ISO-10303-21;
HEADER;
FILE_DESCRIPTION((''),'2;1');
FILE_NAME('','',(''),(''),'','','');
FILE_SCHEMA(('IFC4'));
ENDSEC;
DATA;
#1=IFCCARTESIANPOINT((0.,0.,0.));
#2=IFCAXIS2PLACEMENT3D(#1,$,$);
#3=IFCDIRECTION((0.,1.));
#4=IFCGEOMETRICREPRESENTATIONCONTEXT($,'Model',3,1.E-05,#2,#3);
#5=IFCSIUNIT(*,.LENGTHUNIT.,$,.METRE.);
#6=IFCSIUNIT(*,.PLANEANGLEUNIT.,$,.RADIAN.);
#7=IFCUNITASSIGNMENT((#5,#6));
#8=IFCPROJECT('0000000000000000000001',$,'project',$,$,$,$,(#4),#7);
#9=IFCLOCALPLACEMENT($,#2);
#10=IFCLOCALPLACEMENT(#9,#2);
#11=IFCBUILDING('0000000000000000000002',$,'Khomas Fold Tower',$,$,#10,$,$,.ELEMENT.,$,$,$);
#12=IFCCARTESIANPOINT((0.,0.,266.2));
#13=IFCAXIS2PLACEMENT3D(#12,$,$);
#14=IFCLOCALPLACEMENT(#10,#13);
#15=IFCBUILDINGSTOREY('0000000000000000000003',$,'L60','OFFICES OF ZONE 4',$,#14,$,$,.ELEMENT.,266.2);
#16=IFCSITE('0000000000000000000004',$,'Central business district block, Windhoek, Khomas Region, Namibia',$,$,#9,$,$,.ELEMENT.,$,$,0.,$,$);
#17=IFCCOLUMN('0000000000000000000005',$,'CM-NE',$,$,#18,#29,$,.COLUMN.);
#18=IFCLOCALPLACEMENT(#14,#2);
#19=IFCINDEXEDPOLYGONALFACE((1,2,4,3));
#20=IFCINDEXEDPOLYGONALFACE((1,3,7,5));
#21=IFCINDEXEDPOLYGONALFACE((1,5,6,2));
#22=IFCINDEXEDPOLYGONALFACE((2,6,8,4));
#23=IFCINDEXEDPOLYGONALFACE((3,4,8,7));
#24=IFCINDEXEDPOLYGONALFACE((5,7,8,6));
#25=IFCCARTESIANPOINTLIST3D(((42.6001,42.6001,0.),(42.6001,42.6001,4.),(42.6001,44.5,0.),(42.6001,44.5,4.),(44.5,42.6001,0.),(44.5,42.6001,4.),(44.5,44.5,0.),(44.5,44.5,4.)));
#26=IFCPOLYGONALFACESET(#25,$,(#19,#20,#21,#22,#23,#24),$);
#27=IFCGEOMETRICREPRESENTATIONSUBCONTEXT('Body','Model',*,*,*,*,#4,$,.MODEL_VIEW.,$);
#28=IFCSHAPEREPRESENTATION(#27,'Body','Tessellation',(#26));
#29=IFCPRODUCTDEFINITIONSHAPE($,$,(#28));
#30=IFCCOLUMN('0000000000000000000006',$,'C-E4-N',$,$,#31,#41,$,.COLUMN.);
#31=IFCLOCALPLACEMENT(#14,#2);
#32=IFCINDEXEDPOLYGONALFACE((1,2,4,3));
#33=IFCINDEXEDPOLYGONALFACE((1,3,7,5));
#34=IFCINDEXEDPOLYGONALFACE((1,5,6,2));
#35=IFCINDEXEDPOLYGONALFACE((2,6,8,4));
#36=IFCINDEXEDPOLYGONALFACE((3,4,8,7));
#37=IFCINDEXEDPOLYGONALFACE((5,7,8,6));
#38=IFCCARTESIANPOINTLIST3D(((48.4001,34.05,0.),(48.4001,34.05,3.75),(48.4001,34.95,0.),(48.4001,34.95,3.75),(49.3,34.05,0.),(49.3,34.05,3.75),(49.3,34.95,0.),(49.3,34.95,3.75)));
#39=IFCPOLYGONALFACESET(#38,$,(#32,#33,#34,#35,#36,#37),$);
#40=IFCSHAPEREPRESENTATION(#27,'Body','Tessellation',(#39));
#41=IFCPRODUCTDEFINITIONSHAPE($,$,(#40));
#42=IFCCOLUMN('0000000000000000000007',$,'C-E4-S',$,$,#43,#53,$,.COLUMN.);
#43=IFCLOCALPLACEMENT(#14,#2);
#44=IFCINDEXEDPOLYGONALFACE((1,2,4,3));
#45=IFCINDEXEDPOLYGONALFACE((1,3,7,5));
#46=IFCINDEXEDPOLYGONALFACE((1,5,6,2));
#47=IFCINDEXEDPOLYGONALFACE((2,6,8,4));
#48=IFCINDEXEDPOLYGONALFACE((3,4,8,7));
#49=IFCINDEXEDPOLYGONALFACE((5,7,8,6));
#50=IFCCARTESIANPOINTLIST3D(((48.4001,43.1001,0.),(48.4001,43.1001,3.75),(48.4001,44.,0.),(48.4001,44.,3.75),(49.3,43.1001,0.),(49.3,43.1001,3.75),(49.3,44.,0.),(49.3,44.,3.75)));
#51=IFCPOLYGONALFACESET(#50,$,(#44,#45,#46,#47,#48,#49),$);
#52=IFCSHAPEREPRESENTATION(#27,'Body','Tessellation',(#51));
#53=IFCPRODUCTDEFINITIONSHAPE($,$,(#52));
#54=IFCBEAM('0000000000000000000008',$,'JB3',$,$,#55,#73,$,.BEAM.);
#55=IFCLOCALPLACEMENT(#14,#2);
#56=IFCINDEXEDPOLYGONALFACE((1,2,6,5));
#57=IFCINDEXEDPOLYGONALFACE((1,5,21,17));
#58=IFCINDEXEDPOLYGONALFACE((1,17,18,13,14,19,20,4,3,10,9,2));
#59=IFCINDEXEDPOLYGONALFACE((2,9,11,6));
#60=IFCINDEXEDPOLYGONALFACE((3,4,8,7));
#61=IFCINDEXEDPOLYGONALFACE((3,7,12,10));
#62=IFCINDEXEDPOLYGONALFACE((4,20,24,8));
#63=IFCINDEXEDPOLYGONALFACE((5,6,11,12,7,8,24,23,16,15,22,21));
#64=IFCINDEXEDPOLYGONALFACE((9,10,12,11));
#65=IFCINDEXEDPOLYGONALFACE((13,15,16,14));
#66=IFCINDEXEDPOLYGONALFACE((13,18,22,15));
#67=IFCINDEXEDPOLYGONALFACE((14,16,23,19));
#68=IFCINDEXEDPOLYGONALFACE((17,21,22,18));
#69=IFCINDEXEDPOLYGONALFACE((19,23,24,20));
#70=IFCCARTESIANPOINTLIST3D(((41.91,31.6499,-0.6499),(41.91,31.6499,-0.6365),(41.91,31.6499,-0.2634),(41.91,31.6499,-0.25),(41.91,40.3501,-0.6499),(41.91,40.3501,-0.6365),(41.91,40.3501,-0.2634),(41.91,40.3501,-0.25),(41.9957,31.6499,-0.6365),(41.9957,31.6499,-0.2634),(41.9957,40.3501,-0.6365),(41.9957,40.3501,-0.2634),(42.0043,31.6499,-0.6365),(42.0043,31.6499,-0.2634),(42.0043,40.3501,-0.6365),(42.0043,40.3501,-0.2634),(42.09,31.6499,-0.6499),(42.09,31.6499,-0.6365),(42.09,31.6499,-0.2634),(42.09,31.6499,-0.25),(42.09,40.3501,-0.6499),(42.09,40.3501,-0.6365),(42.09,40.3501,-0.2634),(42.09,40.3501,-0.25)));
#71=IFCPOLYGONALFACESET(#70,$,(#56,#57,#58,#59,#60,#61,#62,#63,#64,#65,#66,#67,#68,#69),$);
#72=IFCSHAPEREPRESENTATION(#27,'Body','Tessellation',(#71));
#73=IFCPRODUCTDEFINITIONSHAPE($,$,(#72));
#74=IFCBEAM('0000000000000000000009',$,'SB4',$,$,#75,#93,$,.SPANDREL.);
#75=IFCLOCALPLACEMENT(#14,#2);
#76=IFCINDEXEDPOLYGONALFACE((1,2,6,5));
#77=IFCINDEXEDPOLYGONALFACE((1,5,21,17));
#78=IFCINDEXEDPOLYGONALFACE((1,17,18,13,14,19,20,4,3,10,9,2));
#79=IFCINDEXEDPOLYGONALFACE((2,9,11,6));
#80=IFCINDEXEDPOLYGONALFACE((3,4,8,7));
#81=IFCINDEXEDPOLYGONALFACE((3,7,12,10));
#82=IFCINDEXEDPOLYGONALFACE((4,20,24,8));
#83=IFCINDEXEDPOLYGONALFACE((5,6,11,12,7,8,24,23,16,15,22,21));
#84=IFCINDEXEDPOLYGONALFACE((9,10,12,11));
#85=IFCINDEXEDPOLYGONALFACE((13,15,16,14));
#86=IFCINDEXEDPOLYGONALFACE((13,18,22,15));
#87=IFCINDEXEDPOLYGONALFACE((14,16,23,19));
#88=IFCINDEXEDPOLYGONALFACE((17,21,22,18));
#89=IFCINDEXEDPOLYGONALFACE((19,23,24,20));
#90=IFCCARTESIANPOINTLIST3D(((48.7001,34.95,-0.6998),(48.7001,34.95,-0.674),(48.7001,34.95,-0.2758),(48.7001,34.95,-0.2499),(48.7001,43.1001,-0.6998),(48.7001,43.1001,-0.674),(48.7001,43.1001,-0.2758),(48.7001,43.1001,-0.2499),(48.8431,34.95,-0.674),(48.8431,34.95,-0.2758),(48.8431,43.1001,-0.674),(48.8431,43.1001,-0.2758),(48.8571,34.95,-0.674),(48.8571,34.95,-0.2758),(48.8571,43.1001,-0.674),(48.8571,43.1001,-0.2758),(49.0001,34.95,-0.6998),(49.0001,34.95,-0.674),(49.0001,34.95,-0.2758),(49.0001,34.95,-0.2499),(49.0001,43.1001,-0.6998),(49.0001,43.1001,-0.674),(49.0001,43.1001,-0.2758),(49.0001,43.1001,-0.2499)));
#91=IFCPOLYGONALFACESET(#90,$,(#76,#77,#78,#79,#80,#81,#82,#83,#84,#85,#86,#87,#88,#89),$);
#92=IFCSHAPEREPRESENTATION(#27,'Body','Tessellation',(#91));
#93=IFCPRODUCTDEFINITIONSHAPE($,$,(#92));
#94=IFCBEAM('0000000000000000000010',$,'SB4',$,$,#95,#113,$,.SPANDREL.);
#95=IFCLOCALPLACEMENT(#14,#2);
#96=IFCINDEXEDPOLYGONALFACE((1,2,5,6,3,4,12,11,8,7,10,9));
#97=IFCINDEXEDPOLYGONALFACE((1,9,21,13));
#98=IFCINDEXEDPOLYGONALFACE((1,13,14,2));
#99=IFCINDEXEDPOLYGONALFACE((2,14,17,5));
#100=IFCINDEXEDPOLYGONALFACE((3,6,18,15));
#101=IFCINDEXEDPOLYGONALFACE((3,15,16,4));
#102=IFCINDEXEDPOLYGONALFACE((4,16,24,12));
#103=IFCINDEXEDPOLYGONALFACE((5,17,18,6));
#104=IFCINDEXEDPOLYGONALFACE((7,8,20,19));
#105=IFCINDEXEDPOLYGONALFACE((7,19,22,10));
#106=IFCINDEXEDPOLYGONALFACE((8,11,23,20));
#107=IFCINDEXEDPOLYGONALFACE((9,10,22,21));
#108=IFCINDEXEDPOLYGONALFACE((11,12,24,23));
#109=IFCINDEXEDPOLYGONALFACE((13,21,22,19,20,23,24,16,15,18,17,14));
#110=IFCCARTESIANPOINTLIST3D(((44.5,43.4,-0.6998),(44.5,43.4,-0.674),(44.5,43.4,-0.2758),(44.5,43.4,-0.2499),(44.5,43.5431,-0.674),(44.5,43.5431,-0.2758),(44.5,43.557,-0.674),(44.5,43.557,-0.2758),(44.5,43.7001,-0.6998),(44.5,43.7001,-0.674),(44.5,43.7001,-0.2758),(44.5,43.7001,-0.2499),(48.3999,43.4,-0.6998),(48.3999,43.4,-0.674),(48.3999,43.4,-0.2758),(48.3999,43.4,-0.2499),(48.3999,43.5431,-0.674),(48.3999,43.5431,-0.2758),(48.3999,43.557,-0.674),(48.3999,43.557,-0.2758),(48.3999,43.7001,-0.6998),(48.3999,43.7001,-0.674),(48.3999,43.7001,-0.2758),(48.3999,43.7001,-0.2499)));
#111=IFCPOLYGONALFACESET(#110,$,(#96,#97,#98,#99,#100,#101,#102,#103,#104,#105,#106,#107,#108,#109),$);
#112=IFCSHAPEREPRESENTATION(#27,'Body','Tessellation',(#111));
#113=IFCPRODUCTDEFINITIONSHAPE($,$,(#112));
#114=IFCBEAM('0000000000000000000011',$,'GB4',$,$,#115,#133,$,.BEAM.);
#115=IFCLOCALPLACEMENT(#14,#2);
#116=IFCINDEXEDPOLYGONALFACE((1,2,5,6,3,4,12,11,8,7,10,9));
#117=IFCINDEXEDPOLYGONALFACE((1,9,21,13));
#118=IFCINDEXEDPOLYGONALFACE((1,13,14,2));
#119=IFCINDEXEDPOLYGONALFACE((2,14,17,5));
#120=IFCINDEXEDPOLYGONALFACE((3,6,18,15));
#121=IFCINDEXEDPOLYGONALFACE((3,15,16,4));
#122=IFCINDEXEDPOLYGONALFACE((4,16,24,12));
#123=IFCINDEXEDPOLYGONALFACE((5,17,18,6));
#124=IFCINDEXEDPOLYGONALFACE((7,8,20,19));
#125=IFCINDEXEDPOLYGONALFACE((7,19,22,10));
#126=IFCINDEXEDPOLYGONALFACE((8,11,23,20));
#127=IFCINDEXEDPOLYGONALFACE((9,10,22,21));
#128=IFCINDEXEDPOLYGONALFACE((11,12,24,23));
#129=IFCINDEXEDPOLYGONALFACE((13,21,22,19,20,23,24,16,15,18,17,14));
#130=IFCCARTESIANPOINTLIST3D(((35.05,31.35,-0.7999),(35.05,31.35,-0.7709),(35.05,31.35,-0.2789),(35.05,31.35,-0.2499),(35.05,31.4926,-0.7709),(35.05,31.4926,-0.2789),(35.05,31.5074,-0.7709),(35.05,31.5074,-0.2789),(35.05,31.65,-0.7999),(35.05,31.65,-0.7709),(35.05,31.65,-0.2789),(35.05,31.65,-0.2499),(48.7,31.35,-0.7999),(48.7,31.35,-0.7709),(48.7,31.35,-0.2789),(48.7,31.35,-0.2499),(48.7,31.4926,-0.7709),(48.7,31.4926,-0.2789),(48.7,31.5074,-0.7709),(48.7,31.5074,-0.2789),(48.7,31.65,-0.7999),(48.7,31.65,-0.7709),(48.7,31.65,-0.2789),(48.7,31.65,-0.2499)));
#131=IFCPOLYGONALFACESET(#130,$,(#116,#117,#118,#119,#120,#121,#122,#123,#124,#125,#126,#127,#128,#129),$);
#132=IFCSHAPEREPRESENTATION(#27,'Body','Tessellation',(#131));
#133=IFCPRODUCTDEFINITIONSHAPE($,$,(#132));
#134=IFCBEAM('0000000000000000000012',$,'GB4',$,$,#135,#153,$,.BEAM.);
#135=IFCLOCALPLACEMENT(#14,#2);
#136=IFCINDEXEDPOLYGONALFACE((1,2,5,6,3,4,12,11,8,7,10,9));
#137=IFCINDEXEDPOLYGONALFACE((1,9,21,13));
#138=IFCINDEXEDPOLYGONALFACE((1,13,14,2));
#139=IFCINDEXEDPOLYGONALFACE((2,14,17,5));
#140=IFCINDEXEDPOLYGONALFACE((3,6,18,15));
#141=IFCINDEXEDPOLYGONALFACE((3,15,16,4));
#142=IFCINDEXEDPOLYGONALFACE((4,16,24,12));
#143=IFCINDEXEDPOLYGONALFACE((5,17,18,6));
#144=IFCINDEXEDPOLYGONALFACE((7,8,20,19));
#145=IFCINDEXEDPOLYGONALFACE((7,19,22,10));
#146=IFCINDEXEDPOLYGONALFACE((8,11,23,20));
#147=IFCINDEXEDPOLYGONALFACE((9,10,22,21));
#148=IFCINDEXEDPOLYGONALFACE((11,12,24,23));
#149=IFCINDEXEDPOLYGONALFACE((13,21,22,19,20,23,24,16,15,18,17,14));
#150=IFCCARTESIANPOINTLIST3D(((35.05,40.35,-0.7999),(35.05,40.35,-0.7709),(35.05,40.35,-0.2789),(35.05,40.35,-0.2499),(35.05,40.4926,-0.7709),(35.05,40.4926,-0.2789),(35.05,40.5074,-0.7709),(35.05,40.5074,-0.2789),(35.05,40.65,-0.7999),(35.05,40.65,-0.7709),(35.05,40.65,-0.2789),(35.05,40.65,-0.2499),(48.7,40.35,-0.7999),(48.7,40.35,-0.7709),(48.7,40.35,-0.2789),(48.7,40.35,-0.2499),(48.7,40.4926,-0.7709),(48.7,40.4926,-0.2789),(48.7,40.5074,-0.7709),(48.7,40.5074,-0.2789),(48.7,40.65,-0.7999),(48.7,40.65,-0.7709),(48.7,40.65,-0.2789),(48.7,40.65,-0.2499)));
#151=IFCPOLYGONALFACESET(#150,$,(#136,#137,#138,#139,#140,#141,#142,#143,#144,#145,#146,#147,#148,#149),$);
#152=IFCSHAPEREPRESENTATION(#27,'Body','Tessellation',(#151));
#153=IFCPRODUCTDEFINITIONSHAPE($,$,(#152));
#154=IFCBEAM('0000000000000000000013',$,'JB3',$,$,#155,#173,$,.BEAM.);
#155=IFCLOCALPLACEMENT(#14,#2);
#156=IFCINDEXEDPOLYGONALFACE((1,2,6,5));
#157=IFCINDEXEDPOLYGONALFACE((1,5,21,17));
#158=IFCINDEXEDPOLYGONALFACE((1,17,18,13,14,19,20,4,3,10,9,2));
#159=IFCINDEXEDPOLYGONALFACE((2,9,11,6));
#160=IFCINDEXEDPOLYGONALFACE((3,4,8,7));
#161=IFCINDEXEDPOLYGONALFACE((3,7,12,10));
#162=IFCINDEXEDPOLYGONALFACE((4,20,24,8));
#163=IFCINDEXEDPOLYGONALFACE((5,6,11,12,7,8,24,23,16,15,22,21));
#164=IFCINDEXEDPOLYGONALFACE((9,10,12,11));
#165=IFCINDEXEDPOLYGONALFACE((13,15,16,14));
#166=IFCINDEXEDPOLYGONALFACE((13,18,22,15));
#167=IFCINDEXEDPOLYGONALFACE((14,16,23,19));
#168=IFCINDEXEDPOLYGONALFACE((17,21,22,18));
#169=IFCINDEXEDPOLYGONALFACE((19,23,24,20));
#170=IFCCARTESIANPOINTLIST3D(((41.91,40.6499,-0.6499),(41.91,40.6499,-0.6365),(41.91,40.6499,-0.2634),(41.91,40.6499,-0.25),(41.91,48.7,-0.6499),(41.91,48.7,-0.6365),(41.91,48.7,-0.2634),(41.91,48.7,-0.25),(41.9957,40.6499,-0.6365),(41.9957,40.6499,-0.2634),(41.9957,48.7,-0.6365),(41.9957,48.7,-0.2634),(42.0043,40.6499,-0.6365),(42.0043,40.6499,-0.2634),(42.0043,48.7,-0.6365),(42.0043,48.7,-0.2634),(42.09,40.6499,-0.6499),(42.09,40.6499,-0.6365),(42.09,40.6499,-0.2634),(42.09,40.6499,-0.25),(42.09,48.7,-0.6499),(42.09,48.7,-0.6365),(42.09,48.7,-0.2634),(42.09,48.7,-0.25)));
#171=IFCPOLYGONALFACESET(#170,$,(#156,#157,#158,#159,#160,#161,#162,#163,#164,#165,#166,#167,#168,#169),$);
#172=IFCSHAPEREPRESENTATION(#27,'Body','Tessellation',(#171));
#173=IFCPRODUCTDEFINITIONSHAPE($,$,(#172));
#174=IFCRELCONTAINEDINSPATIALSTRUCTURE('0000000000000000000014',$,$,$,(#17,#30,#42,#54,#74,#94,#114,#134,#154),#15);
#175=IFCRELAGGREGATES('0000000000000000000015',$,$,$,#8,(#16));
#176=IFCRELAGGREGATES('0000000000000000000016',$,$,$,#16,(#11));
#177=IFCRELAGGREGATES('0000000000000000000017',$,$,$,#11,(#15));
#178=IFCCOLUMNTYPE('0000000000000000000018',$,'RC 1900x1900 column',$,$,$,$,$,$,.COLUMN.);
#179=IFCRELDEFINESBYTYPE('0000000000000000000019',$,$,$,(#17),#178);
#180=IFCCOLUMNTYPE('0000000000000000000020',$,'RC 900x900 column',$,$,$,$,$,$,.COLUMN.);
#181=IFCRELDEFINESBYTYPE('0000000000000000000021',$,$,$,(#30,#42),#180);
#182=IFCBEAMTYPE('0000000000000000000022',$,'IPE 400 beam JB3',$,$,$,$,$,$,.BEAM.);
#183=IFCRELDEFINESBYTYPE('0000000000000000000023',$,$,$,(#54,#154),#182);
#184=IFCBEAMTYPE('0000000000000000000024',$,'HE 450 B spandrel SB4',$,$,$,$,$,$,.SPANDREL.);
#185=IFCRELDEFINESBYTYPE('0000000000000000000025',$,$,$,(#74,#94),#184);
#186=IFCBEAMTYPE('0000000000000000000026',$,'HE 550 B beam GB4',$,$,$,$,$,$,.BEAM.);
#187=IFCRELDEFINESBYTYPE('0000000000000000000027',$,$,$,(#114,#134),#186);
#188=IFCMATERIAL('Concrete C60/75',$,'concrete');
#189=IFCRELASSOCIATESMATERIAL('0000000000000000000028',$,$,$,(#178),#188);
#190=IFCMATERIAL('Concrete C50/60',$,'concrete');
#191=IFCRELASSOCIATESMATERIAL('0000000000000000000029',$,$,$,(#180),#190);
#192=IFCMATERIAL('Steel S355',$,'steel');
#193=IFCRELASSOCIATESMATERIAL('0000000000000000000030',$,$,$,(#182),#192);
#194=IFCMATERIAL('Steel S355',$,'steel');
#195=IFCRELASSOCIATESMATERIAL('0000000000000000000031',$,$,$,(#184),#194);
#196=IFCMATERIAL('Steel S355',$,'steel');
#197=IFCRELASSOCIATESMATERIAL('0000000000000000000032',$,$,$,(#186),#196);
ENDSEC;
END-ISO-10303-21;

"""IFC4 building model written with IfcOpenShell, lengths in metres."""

from ifc_helpers import new_model, si_unit, direction, frame, origin, origin_2d, place, context, subcontext, project, spatial, rectangle, i_section, extrude, source, transform, mapped, material, material_profile, profile_set, type_object, element, save


model = new_model("IFC4")

# Units and contexts
model_context = context("Model", 3, precision=1e-05, world=origin(), true_north=direction((0.0, 1.0)))
body_context = subcontext(model_context, "Body", "Model", "MODEL_VIEW")
ifc_project = project(units=[si_unit("LENGTHUNIT", "METRE"), si_unit("PLANEANGLEUNIT", "RADIAN")], contexts=[model_context])

# Site, building, storey
site_placement = place(None, origin())
site = spatial("IfcSite", under=ifc_project, at=site_placement, Name="Central business district block, Windhoek, Khomas Region, Namibia", CompositionType="ELEMENT", RefElevation=0.0)
building_placement = place(site_placement, origin())
building = spatial("IfcBuilding", under=site, at=building_placement, Name="Khomas Fold Tower", CompositionType="ELEMENT")
storey_placement = place(building_placement, frame((0.0, 0.0, 266.2)))
storey = spatial("IfcBuildingStorey", under=building, at=storey_placement, Name="L60", Description="OFFICES OF ZONE 4", CompositionType="ELEMENT", Elevation=266.2)

# Columns
ifc_material_1 = material(Name="Concrete C60/75", Category="concrete")
ifc_material_profile_1 = material_profile(ifc_material_1, rectangle(XDim=1.8999, YDim=1.8999, at=origin_2d()), Name="RC 1900x1900")
ifc_profile_set_1 = profile_set([ifc_material_profile_1], Name="Concrete C60/75")
column_type_1 = type_object("IfcColumnType", Name="RC 1900x1900 column", PredefinedType="COLUMN", material=ifc_profile_set_1)
shared_shape_1 = source(origin(), body_context, "Body", "SweptSolid", [
    extrude(rectangle(XDim=1.8999, YDim=1.8999, at=origin_2d()), origin(), (0.0, 0.0, 1.0), 4.0),
])
column_placement = place(storey_placement, frame((43.55, 43.55, 0.0), z_axis=(0.0, 0.0, 1.0), x_axis=(1.0, 0.0, 0.0)))
element("IfcColumn", 1, at=column_placement, inside=storey, type_object=column_type_1, Name="CM-NE", PredefinedType="COLUMN", context=body_context, shape_type="MappedRepresentation", body=[
    mapped(shared_shape_1, transform((0.0, 0.0, 0.0))),
])
ifc_material_2 = material(Name="Concrete C50/60", Category="concrete")
ifc_material_profile_2 = material_profile(ifc_material_2, rectangle(XDim=0.8999, YDim=0.8999, at=origin_2d()), Name="RC 900x900")
ifc_profile_set_2 = profile_set([ifc_material_profile_2], Name="Concrete C50/60")
column_type_2 = type_object("IfcColumnType", Name="RC 900x900 column", PredefinedType="COLUMN", material=ifc_profile_set_2)
shared_shape_2 = source(origin(), body_context, "Body", "SweptSolid", [
    extrude(rectangle(XDim=0.8999, YDim=0.8999, at=origin_2d()), origin(), (0.0, 0.0, 1.0), 3.75),
])
for number, where, z_axis, x_axis, name in (
    (2, (48.8501, 34.5, 0.0), (0.0, 0.0, 1.0), (1.0, 0.0, 0.0), "C-E4-N"),
    (3, (48.8501, 43.55, 0.0), (0.0, 0.0, 1.0), (1.0, 0.0, 0.0), "C-E4-S"),
):
    element("IfcColumn", number, at=place(storey_placement, frame(where, z_axis=z_axis, x_axis=x_axis)), inside=storey, type_object=column_type_2, Name=name, PredefinedType="COLUMN", context=body_context, shape_type="MappedRepresentation", body=[
        mapped(shared_shape_2, transform((0.0, 0.0, 0.0))),
    ])

# Beams
ifc_material_3 = material(Name="Steel S355", Category="steel")
ifc_material_profile_3 = material_profile(ifc_material_3, i_section(OverallWidth=0.1799, OverallDepth=0.3999, WebThickness=0.0085, FlangeThickness=0.0134, at=origin_2d()), Name="IPE 400")
ifc_profile_set_3 = profile_set([ifc_material_profile_3], Name="Steel S355")
beam_type_1 = type_object("IfcBeamType", Name="IPE 400 beam JB3", PredefinedType="BEAM", material=ifc_profile_set_3)
shared_shape_3 = source(origin(), body_context, "Body", "SweptSolid", [
    extrude(i_section(OverallWidth=0.1799, OverallDepth=0.3999, WebThickness=0.0085, FlangeThickness=0.0134, at=origin_2d()), origin(), (0.0, 0.0, 1.0), 8.7002),
])
beam_1_placement = place(storey_placement, frame((42.0, 31.6499, -0.45), z_axis=(0.0, 1.0, 0.0), x_axis=(-1.0, 0.0, 0.0)))
element("IfcBeam", 4, at=beam_1_placement, inside=storey, type_object=beam_type_1, Name="JB3", PredefinedType="BEAM", context=body_context, shape_type="MappedRepresentation", body=[
    mapped(shared_shape_3, transform((0.0, 0.0, 0.0))),
])
ifc_material_4 = material(Name="Steel S355", Category="steel")
ifc_material_profile_4 = material_profile(ifc_material_4, i_section(OverallWidth=0.3, OverallDepth=0.45, WebThickness=0.0139, FlangeThickness=0.0259, at=origin_2d()), Name="HE 450 B")
ifc_profile_set_4 = profile_set([ifc_material_profile_4], Name="Steel S355")
beam_type_2 = type_object("IfcBeamType", Name="HE 450 B spandrel SB4", PredefinedType="SPANDREL", material=ifc_profile_set_4)
shared_shape_4 = source(origin(), body_context, "Body", "SweptSolid", [
    extrude(i_section(OverallWidth=0.3, OverallDepth=0.45, WebThickness=0.0139, FlangeThickness=0.0259, at=origin_2d()), origin(), (0.0, 0.0, 1.0), 8.1501),
])
beam_2_placement = place(storey_placement, frame((48.8501, 34.95, -0.4749), z_axis=(0.0, 1.0, 0.0), x_axis=(-1.0, 0.0, 0.0)))
element("IfcBeam", 5, at=beam_2_placement, inside=storey, type_object=beam_type_2, Name="SB4", PredefinedType="SPANDREL", context=body_context, shape_type="MappedRepresentation", body=[
    mapped(shared_shape_4, transform((0.0, 0.0, 0.0))),
])
shared_shape_5 = source(origin(), body_context, "Body", "SweptSolid", [
    extrude(i_section(OverallWidth=0.3, OverallDepth=0.45, WebThickness=0.0139, FlangeThickness=0.0259, at=origin_2d()), origin(), (0.0, 0.0, 1.0), 3.8999),
])
beam_3_placement = place(storey_placement, frame((44.5, 43.55, -0.4749), z_axis=(1.0, 0.0, 0.0), x_axis=(0.0, 1.0, 0.0)))
element("IfcBeam", 6, at=beam_3_placement, inside=storey, type_object=beam_type_2, Name="SB4", PredefinedType="SPANDREL", context=body_context, shape_type="MappedRepresentation", body=[
    mapped(shared_shape_5, transform((0.0, 0.0, 0.0))),
])
ifc_material_5 = material(Name="Steel S355", Category="steel")
ifc_material_profile_5 = material_profile(ifc_material_5, i_section(OverallWidth=0.3, OverallDepth=0.55, WebThickness=0.0149, FlangeThickness=0.0291, at=origin_2d()), Name="HE 550 B")
ifc_profile_set_5 = profile_set([ifc_material_profile_5], Name="Steel S355")
beam_type_3 = type_object("IfcBeamType", Name="HE 550 B beam GB4", PredefinedType="BEAM", material=ifc_profile_set_5)
shared_shape_6 = source(origin(), body_context, "Body", "SweptSolid", [
    extrude(i_section(OverallWidth=0.3, OverallDepth=0.55, WebThickness=0.0149, FlangeThickness=0.0291, at=origin_2d()), origin(), (0.0, 0.0, 1.0), 13.6499),
])
for number, where, z_axis, x_axis, name in (
    (7, (35.05, 31.5, -0.5249), (1.0, 0.0, 0.0), (0.0, 1.0, 0.0), "GB4"),
    (8, (35.05, 40.5, -0.5249), (1.0, 0.0, 0.0), (0.0, 1.0, 0.0), "GB4"),
):
    element("IfcBeam", number, at=place(storey_placement, frame(where, z_axis=z_axis, x_axis=x_axis)), inside=storey, type_object=beam_type_3, Name=name, PredefinedType="BEAM", context=body_context, shape_type="MappedRepresentation", body=[
        mapped(shared_shape_6, transform((0.0, 0.0, 0.0))),
    ])
shared_shape_7 = source(origin(), body_context, "Body", "SweptSolid", [
    extrude(i_section(OverallWidth=0.1799, OverallDepth=0.3999, WebThickness=0.0085, FlangeThickness=0.0134, at=origin_2d()), origin(), (0.0, 0.0, 1.0), 8.05),
])
beam_4_placement = place(storey_placement, frame((42.0, 40.6499, -0.45), z_axis=(0.0, 1.0, 0.0), x_axis=(-1.0, 0.0, 0.0)))
element("IfcBeam", 9, at=beam_4_placement, inside=storey, type_object=beam_type_1, Name="JB3", PredefinedType="BEAM", context=body_context, shape_type="MappedRepresentation", body=[
    mapped(shared_shape_7, transform((0.0, 0.0, 0.0))),
])

save(model, "model.ifc")
